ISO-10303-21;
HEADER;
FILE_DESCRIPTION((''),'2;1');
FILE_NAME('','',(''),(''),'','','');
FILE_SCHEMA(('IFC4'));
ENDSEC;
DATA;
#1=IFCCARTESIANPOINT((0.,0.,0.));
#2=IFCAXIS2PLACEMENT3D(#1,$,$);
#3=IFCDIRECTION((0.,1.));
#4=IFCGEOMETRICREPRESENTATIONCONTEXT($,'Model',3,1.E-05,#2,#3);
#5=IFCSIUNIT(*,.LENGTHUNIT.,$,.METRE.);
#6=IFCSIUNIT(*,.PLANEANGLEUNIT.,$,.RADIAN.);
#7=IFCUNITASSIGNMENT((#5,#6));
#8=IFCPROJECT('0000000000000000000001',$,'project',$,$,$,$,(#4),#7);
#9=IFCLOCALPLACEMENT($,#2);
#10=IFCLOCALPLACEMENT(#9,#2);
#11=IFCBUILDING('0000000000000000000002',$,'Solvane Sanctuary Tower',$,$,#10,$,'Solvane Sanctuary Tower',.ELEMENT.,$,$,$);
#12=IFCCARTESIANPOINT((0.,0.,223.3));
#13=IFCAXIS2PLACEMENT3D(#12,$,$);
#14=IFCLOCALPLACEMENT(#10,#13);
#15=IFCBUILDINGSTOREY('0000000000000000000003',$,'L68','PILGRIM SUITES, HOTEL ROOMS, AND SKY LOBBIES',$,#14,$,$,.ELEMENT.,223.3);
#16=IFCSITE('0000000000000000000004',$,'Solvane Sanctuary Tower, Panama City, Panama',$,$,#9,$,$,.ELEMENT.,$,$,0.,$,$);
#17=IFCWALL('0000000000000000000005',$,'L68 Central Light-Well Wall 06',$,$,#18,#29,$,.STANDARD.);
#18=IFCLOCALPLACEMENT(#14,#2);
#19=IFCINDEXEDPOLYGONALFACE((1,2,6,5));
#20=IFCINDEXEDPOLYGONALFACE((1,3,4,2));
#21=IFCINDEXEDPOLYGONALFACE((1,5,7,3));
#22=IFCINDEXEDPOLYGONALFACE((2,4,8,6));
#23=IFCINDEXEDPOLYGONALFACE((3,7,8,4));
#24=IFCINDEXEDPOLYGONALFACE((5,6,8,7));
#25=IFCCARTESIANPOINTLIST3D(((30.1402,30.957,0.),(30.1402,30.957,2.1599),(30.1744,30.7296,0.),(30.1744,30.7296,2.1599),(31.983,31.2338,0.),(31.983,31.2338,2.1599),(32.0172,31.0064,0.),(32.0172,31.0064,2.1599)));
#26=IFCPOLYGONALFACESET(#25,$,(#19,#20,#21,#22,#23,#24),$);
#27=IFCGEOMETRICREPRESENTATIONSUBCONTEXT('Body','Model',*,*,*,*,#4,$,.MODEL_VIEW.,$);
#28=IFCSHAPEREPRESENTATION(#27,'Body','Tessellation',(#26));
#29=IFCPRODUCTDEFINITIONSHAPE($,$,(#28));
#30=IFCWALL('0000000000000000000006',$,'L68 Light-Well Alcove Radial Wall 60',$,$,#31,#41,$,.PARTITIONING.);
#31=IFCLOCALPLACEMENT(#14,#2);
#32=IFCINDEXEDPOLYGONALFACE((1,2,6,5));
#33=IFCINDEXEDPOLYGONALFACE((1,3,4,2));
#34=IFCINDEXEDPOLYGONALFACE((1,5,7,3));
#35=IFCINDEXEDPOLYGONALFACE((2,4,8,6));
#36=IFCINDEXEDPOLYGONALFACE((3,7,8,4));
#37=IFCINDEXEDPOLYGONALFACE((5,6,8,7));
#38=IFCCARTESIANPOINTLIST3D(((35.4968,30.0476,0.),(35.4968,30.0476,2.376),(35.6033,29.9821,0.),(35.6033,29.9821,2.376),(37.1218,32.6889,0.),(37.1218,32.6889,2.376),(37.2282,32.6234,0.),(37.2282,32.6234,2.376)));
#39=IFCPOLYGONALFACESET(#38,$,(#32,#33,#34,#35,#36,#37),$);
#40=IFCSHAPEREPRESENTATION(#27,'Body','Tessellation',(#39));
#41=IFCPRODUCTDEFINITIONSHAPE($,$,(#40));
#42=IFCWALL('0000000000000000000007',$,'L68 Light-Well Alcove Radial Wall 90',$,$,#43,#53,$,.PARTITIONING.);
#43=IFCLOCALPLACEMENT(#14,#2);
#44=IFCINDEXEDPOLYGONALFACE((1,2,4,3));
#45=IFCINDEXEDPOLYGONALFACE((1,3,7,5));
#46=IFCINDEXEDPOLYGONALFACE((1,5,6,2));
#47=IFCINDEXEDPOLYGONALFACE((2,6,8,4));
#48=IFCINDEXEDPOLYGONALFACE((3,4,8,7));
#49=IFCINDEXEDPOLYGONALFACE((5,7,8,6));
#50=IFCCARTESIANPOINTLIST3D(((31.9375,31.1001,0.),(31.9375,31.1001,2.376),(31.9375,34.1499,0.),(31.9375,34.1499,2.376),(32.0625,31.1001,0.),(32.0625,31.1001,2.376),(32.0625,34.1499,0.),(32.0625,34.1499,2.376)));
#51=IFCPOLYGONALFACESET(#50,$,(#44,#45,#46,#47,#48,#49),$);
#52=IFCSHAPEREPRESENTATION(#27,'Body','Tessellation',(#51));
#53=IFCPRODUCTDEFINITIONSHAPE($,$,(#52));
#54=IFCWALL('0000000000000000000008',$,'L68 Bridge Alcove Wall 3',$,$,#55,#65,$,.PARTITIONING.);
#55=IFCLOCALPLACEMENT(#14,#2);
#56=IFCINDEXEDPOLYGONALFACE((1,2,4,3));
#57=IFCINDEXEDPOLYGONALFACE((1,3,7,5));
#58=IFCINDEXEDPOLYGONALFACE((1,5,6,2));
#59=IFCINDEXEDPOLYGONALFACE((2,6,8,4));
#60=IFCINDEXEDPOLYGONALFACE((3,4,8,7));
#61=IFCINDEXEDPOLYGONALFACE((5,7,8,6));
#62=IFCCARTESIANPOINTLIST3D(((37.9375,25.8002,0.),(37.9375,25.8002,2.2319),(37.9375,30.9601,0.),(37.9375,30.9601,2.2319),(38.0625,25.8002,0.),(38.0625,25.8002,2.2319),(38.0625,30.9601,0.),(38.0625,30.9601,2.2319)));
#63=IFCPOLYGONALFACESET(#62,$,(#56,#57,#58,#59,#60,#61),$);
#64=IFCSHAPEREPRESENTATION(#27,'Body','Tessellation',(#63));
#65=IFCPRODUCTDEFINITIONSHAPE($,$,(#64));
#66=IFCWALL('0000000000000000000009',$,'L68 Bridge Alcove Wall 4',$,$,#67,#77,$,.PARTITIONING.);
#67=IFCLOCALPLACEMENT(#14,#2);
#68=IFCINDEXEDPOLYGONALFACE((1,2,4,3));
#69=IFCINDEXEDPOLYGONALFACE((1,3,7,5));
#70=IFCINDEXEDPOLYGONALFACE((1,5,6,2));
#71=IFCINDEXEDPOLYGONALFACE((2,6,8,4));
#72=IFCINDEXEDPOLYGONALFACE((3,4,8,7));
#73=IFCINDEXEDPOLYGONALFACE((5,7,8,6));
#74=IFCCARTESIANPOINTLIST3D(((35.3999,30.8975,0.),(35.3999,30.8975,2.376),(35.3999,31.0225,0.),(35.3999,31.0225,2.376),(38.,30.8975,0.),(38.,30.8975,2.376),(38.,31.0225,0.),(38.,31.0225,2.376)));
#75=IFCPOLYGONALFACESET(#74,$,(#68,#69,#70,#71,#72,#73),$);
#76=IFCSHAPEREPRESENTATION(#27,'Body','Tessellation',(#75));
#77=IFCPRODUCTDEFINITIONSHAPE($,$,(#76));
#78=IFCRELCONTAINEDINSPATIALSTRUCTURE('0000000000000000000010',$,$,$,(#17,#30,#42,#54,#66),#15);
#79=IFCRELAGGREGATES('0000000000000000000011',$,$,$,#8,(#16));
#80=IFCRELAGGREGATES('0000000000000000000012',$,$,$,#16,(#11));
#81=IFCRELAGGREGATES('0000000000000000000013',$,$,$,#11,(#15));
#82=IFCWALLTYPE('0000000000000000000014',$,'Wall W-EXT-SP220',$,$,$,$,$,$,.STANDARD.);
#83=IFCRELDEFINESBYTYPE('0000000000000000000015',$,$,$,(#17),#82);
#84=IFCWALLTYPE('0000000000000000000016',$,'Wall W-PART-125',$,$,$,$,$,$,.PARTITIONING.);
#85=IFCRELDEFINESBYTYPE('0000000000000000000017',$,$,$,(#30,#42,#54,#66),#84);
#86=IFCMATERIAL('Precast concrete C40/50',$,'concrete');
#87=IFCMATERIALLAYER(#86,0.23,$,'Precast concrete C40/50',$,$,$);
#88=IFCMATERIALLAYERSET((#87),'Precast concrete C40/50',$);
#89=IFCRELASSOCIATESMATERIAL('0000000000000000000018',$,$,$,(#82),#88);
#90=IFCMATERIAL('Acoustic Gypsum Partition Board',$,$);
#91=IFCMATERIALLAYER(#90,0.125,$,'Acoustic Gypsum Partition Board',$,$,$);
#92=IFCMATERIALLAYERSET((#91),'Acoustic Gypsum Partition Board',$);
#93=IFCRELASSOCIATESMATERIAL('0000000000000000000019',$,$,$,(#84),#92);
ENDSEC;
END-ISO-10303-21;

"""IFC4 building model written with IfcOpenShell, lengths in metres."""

from ifc_helpers import new_model, si_unit, direction, frame, frame_2d, origin, place, context, subcontext, project, spatial, rectangle, extrude, material, layer, layer_set, type_object, element, save


model = new_model("IFC4")

# Units and contexts
model_context = context("Model", 3, precision=1e-05, world=origin(), true_north=direction((0.0, 1.0)))
body_context = subcontext(model_context, "Body", "Model", "MODEL_VIEW")
ifc_project = project(units=[si_unit("LENGTHUNIT", "METRE"), si_unit("PLANEANGLEUNIT", "RADIAN")], contexts=[model_context])

# Site, building, storey
site_placement = place(None, origin())
site = spatial("IfcSite", under=ifc_project, at=site_placement, Name="Solvane Sanctuary Tower, Panama City, Panama", CompositionType="ELEMENT", RefElevation=0.0)
building_placement = place(site_placement, origin())
building = spatial("IfcBuilding", under=site, at=building_placement, Name="Solvane Sanctuary Tower", LongName="Solvane Sanctuary Tower", CompositionType="ELEMENT")
storey_placement = place(building_placement, frame((0.0, 0.0, 223.3)))
storey = spatial("IfcBuildingStorey", under=building, at=storey_placement, Name="L68", Description="PILGRIM SUITES, HOTEL ROOMS, AND SKY LOBBIES", CompositionType="ELEMENT", Elevation=223.3)

# Walls
ifc_material_1 = material(Name="Precast concrete C40/50", Category="concrete")
ifc_layer_1 = layer(ifc_material_1, 0.23, Name="Precast concrete C40/50")
ifc_layer_set_1 = layer_set([ifc_layer_1], Name="Precast concrete C40/50")
wall_type_1 = type_object("IfcWallType", Name="Wall W-EXT-SP220", PredefinedType="STANDARD", material=ifc_layer_set_1)
for number, where, z_axis, x_axis, name in (
    (1, (32.0, 31.1201, 0.0), (0.0, 0.0, 1.0), (-0.988902, -0.148571, 0.0), "L68 Central Light-Well Wall 06"),
):
    element("IfcWall", number, at=place(storey_placement, frame(where, z_axis=z_axis, x_axis=x_axis)), inside=storey, type_object=wall_type_1, Name=name, PredefinedType="STANDARD", context=body_context, shape_type="SweptSolid", body=[
        extrude(rectangle(XDim=1.8635, YDim=0.23, at=frame_2d((0.9316, 0.0))), origin(), (0.0, 0.0, 1.0), 2.1599),
    ])
ifc_material_2 = material(Name="Acoustic Gypsum Partition Board")
ifc_layer_2 = layer(ifc_material_2, 0.125, Name="Acoustic Gypsum Partition Board")
ifc_layer_set_2 = layer_set([ifc_layer_2], Name="Acoustic Gypsum Partition Board")
wall_type_2 = type_object("IfcWallType", Name="Wall W-PART-125", PredefinedType="PARTITIONING", material=ifc_layer_set_2)
wall_1_placement = place(storey_placement, frame((35.55, 30.0149, 0.0), z_axis=(0.0, 0.0, 1.0), x_axis=(0.523992, 0.851723, 0.0)))
element("IfcWall", 2, at=wall_1_placement, inside=storey, type_object=wall_type_2, Name="L68 Light-Well Alcove Radial Wall 60", PredefinedType="PARTITIONING", context=body_context, shape_type="SweptSolid", body=[
    extrude(rectangle(XDim=3.1011, YDim=0.125, at=frame_2d((1.5505, 0.0))), origin(), (0.0, 0.0, 1.0), 2.376),
])
wall_2_placement = place(storey_placement, frame((32.0, 31.1001, 0.0), z_axis=(0.0, 0.0, 1.0), x_axis=(0.0, 1.0, 0.0)))
element("IfcWall", 3, at=wall_2_placement, inside=storey, type_object=wall_type_2, Name="L68 Light-Well Alcove Radial Wall 90", PredefinedType="PARTITIONING", context=body_context, shape_type="SweptSolid", body=[
    extrude(rectangle(XDim=3.0498, YDim=0.125, at=frame_2d((1.5249, 0.0))), origin(), (0.0, 0.0, 1.0), 2.376),
])
wall_3_placement = place(storey_placement, frame((38.0, 25.8, 0.0), z_axis=(0.0, 0.0, 1.0), x_axis=(0.0, 1.0, 0.0)))
element("IfcWall", 4, at=wall_3_placement, inside=storey, type_object=wall_type_2, Name="L68 Bridge Alcove Wall 3", PredefinedType="PARTITIONING", context=body_context, shape_type="SweptSolid", body=[
    extrude(rectangle(XDim=5.1599, YDim=0.125, at=frame_2d((2.5801, 0.0))), origin(), (0.0, 0.0, 1.0), 2.2319),
])
wall_4_placement = place(storey_placement, frame((35.3999, 30.96, 0.0), z_axis=(0.0, 0.0, 1.0), x_axis=(1.0, 0.0, 0.0)))
element("IfcWall", 5, at=wall_4_placement, inside=storey, type_object=wall_type_2, Name="L68 Bridge Alcove Wall 4", PredefinedType="PARTITIONING", context=body_context, shape_type="SweptSolid", body=[
    extrude(rectangle(XDim=2.6001, YDim=0.125, at=frame_2d((1.3, 0.0))), origin(), (0.0, 0.0, 1.0), 2.376),
])

save(model, "model.ifc")
